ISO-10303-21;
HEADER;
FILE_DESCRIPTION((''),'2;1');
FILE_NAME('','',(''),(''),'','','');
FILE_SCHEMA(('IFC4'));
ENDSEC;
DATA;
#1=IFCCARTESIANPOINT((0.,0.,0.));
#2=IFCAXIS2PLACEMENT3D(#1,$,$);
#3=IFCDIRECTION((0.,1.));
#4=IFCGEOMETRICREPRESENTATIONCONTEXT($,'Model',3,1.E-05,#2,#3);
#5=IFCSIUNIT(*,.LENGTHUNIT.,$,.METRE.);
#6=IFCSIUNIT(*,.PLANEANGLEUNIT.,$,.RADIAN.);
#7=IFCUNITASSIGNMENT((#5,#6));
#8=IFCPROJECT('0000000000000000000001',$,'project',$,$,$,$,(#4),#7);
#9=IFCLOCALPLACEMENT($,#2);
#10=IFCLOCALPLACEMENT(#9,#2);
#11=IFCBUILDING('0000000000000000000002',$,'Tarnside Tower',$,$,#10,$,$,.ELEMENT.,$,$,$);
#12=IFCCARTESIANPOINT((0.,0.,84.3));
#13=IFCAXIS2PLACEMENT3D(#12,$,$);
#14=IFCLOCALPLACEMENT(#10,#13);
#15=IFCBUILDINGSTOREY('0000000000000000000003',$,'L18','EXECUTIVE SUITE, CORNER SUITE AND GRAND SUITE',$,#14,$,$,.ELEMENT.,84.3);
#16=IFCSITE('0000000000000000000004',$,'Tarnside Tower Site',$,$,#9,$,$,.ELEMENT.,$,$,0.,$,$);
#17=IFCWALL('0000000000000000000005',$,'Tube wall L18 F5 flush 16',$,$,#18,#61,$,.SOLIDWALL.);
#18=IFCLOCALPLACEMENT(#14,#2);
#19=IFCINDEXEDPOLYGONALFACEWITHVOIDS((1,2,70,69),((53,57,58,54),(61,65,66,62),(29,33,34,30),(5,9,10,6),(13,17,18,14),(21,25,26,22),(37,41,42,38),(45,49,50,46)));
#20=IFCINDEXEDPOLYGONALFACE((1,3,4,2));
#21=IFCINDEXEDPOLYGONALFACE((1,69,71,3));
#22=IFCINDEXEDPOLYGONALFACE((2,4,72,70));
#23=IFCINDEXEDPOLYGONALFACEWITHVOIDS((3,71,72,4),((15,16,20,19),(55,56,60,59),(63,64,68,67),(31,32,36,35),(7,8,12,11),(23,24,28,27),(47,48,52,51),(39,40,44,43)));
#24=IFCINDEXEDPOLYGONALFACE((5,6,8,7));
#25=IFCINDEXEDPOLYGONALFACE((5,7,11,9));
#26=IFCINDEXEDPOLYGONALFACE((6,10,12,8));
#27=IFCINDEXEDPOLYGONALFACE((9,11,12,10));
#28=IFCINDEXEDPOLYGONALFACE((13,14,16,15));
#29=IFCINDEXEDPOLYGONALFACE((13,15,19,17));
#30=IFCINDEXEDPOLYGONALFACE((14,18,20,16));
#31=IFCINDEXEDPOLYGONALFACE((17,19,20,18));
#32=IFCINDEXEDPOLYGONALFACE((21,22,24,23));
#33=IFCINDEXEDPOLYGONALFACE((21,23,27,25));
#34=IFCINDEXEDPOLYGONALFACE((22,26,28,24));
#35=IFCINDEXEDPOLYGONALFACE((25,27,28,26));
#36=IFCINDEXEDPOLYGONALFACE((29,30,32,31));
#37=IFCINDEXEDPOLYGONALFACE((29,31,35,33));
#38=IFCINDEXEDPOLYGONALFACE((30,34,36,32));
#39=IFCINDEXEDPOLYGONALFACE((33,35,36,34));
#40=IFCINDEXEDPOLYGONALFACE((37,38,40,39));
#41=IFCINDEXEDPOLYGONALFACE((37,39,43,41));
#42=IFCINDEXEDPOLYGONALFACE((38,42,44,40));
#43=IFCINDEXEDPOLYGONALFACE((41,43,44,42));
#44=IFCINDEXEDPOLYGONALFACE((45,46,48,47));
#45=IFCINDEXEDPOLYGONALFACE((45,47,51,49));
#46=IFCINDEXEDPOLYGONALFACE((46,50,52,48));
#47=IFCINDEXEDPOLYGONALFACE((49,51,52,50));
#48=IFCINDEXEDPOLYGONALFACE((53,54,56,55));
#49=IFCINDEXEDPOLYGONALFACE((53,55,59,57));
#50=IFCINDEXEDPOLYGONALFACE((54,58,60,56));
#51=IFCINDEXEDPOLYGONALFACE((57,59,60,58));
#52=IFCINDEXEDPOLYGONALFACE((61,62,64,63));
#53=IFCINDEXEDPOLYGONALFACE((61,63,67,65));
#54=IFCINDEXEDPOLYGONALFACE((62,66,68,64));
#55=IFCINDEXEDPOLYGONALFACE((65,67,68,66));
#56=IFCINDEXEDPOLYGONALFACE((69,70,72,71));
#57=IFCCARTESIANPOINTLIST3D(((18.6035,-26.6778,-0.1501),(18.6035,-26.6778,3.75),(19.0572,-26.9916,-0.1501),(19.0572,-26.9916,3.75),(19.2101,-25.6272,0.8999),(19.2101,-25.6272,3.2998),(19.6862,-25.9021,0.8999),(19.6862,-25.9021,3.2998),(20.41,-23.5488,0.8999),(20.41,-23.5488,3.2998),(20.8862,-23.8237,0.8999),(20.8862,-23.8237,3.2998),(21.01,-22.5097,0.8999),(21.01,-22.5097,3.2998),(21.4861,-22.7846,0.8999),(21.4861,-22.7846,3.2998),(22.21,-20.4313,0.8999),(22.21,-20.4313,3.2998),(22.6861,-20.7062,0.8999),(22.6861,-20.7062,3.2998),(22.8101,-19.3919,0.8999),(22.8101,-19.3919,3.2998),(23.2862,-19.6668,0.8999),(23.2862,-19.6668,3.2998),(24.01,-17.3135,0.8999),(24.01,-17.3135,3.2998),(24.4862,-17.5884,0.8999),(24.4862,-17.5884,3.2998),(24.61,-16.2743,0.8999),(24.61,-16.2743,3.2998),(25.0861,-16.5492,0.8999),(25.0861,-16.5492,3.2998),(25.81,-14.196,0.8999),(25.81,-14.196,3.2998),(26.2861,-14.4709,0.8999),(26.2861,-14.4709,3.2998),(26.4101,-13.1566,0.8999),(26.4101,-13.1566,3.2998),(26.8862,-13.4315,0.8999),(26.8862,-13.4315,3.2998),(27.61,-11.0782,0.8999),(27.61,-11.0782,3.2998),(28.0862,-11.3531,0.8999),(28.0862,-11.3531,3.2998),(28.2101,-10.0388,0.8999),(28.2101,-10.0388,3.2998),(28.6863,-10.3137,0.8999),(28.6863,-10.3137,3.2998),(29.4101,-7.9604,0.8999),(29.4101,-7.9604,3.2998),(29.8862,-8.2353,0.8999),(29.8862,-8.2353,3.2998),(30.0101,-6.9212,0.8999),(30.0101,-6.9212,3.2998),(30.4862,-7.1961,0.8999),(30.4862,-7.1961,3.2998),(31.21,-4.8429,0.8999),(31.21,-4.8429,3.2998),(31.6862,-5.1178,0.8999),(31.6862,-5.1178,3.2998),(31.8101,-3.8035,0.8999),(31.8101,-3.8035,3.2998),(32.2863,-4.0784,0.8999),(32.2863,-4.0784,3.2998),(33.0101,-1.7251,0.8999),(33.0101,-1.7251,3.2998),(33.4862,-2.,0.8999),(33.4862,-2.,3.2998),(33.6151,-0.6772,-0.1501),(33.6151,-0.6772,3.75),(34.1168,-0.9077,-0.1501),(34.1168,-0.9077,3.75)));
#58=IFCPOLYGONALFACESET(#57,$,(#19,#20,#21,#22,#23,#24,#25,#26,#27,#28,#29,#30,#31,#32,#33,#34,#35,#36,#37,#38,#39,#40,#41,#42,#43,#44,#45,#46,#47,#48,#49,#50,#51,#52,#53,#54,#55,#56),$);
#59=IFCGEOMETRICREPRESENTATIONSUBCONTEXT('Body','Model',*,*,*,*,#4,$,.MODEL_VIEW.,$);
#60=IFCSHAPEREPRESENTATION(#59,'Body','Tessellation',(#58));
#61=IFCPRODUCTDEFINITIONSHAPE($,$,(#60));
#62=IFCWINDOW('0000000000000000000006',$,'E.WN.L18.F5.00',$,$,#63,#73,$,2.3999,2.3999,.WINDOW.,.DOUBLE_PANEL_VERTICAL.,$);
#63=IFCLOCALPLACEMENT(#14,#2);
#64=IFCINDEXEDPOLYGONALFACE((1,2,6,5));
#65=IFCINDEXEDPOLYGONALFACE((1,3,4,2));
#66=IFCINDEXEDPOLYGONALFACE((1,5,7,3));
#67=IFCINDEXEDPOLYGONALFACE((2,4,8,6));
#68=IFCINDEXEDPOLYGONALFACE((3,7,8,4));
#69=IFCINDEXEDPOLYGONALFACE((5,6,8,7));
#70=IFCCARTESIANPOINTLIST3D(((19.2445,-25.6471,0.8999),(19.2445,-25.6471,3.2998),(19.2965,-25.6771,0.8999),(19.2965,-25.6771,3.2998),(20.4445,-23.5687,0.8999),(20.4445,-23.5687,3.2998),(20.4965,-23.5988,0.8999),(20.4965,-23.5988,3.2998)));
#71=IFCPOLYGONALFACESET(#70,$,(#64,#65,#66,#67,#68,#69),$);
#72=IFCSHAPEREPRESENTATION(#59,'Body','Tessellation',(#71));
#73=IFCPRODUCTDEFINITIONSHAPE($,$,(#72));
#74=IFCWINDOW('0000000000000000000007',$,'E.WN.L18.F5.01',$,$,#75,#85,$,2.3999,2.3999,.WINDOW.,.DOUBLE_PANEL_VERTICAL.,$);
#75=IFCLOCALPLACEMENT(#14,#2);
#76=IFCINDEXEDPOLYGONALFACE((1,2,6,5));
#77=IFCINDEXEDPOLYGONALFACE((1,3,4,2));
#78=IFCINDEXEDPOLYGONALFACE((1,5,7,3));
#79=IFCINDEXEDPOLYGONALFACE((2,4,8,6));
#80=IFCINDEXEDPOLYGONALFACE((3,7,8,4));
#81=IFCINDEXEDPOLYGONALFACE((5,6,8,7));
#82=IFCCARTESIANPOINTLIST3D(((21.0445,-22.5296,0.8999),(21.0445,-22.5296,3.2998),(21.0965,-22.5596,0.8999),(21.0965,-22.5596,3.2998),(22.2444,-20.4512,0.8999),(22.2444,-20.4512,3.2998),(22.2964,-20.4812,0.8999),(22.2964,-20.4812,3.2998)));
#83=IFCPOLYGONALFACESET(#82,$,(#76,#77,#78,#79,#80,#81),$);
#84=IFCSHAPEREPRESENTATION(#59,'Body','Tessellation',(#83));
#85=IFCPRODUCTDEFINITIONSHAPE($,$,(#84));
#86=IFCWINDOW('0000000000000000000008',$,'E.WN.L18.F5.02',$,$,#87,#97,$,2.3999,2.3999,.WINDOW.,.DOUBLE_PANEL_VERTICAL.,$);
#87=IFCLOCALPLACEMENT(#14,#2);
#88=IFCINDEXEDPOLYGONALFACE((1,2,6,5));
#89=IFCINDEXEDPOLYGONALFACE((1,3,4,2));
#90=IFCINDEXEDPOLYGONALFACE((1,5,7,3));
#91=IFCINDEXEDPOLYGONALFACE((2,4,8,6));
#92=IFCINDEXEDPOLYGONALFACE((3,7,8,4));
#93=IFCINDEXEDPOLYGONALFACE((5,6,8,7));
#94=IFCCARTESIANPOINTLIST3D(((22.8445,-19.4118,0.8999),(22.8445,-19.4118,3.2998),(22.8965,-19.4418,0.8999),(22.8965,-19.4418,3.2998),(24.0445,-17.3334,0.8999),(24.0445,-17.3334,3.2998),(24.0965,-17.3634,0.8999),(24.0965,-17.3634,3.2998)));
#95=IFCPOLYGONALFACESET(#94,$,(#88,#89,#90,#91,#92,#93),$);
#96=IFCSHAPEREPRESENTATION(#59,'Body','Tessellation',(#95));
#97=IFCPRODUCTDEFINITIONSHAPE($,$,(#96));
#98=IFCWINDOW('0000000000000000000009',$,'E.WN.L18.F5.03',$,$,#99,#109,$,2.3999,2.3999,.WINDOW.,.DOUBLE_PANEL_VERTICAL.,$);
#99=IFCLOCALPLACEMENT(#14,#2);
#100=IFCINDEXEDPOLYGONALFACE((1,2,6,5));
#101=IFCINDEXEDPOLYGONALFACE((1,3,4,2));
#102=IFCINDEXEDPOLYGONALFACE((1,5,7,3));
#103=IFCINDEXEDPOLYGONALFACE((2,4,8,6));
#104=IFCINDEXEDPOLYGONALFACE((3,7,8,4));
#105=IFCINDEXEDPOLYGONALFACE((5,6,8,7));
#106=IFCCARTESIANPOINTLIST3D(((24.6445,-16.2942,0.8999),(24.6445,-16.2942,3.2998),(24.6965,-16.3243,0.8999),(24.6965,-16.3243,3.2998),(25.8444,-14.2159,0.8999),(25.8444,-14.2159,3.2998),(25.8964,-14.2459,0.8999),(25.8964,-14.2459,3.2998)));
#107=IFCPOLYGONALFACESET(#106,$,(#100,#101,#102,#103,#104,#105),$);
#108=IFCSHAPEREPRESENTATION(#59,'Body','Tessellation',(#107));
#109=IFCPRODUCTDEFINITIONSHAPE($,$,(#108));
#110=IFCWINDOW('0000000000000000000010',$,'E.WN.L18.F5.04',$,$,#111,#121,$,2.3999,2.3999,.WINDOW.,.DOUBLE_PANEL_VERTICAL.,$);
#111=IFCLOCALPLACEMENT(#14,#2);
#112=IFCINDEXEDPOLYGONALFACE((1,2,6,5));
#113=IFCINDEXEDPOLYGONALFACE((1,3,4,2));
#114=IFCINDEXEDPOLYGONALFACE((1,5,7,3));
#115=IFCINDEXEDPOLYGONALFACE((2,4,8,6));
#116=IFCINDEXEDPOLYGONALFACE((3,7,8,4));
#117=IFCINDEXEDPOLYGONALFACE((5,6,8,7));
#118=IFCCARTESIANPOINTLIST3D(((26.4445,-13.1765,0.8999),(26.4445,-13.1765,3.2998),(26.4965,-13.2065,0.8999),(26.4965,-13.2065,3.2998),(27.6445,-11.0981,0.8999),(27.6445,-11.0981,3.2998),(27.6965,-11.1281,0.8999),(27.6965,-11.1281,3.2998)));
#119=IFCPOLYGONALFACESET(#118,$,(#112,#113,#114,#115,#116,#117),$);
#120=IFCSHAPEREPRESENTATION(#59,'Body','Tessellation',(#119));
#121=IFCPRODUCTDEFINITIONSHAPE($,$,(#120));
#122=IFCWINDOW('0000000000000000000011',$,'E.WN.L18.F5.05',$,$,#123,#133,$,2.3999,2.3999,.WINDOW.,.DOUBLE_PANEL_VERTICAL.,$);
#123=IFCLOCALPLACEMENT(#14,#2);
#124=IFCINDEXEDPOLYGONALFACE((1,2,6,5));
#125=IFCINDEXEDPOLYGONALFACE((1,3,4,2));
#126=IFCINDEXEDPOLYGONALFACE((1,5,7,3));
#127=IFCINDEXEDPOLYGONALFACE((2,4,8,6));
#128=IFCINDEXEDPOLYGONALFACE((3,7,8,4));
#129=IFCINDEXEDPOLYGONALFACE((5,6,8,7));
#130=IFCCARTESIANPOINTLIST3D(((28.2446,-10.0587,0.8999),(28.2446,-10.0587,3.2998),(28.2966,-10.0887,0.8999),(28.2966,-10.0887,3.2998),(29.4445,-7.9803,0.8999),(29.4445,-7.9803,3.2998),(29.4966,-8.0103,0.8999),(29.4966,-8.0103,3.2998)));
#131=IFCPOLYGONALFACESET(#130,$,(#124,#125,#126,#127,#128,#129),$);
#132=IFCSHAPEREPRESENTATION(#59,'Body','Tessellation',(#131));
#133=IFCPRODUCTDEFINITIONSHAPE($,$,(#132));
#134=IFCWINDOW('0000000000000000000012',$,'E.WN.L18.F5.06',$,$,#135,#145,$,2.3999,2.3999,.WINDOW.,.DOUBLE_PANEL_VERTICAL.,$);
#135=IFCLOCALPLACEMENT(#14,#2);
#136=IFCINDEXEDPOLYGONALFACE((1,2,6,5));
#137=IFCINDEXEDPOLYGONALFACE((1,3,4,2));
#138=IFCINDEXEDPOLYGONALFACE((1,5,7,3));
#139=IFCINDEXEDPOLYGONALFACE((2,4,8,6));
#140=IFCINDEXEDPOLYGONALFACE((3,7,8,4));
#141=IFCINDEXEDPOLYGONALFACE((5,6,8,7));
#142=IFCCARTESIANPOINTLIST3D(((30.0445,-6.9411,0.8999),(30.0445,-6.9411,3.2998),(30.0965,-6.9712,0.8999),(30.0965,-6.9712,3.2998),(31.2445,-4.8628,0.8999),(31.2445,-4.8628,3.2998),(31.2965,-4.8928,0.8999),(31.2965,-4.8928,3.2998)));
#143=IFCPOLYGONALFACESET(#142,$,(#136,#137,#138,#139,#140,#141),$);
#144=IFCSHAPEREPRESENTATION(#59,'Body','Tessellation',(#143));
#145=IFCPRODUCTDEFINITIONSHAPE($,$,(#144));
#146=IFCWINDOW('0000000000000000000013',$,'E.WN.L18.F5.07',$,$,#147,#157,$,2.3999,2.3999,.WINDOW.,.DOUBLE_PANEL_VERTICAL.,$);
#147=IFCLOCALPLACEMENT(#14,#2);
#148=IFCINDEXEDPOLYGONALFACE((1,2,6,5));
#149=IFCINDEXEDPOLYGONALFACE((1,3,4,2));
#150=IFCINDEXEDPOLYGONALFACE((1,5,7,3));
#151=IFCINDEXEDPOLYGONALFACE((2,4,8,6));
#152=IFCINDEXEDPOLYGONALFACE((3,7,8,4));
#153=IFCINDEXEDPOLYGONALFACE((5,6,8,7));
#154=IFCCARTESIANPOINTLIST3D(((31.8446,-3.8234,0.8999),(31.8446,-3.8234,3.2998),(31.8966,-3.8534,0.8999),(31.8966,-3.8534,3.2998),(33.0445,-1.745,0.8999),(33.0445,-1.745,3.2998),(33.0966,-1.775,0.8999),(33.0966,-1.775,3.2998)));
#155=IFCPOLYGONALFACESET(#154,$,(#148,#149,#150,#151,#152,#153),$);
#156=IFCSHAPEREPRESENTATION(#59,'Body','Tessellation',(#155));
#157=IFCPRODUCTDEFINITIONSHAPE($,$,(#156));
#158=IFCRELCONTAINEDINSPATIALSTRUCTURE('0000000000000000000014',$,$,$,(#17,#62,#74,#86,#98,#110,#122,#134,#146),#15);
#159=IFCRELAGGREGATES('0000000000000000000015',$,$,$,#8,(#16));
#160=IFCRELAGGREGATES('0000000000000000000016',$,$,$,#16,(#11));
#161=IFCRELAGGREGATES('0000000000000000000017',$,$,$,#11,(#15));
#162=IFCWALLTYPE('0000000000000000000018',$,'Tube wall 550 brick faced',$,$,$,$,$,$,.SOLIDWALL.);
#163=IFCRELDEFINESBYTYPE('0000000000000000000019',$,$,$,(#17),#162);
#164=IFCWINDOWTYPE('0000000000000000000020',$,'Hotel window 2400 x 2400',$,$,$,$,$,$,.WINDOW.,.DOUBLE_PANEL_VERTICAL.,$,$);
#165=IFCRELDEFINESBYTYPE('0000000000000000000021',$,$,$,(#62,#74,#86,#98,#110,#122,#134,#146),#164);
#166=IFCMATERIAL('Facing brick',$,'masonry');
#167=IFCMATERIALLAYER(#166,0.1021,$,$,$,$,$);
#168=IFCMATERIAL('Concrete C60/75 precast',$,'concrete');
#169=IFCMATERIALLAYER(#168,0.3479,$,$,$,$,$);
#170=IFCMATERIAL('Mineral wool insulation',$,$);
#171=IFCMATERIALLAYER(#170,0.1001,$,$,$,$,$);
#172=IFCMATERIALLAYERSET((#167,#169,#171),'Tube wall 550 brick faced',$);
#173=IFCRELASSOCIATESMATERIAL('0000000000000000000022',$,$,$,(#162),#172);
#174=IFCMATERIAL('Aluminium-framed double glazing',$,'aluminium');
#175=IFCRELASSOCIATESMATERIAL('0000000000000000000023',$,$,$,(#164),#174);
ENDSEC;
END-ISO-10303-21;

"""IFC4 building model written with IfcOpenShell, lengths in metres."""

from ifc_helpers import new_model, si_unit, direction, frame, frame_2d, origin, place, context, subcontext, project, spatial, polyline, rectangle, outline, extrude, material, layer, layer_set, type_object, element, fill, save


model = new_model("IFC4")

# Units and contexts
model_context = context("Model", 3, precision=1e-05, world=origin(), true_north=direction((0.0, 1.0)))
body_context = subcontext(model_context, "Body", "Model", "MODEL_VIEW")
ifc_project = project(units=[si_unit("LENGTHUNIT", "METRE"), si_unit("PLANEANGLEUNIT", "RADIAN")], contexts=[model_context])

# Site, building, storey
site_placement = place(None, origin())
site = spatial("IfcSite", under=ifc_project, at=site_placement, Name="Tarnside Tower Site", CompositionType="ELEMENT", RefElevation=0.0)
building_placement = place(site_placement, origin())
building = spatial("IfcBuilding", under=site, at=building_placement, Name="Tarnside Tower", CompositionType="ELEMENT")
storey_placement = place(building_placement, frame((0.0, 0.0, 84.3)))
storey = spatial("IfcBuildingStorey", under=building, at=storey_placement, Name="L18", Description="EXECUTIVE SUITE, CORNER SUITE AND GRAND SUITE", CompositionType="ELEMENT", Elevation=84.3)

# Shared definitions
ifc_material_1 = material(Name="Facing brick", Category="masonry")
ifc_layer_1 = layer(ifc_material_1, 0.1021)
ifc_material_2 = material(Name="Concrete C60/75 precast", Category="concrete")
ifc_layer_2 = layer(ifc_material_2, 0.3479)
ifc_material_3 = material(Name="Mineral wool insulation")
ifc_layer_3 = layer(ifc_material_3, 0.1001)
ifc_layer_set_1 = layer_set([ifc_layer_1, ifc_layer_2, ifc_layer_3], Name="Tube wall 550 brick faced")
wall_type_1 = type_object("IfcWallType", Name="Tube wall 550 brick faced", PredefinedType="SOLIDWALL", material=ifc_layer_set_1)

# Wall, openings, windows
wall_1_placement = place(storey_placement, frame((18.8303, -26.8347, -0.1501), z_axis=(0.0, 0.0, 1.0), x_axis=(0.500004, 0.866023, 0.0)))
wall_1 = element("IfcWall", 1, at=wall_1_placement, inside=storey, type_object=wall_type_1, Name="Tube wall L18 F5 flush 16", PredefinedType="SOLIDWALL", context=body_context, shape_type="SweptSolid", body=[
    extrude(outline(polyline([(-0.0225, -0.2749), (30.0967, -0.2749), (30.0454, 0.2749), (0.0225, 0.2749), (-0.0225, -0.2749)])), origin(), (0.0, 0.0, 1.0), 3.9001),
])
opening_1_placement = place(wall_1_placement, frame((1.2356, 0.0, 1.05)))
opening_1 = element("IfcOpeningElement", 2, at=opening_1_placement, cuts=wall_1, PredefinedType="OPENING", context=body_context, shape_type="SweptSolid", body=[
    extrude(rectangle(XDim=2.3999, YDim=2.3999, at=frame_2d((1.2, 1.2))), frame((0.0, 0.2852, 0.0), z_axis=(0.0, -1.0, 0.0), x_axis=(1.0, 0.0, 0.0)), (0.0, 0.0, 1.0), 0.5701),
])
opening_2_placement = place(wall_1_placement, frame((4.8354, 0.0, 1.05)))
opening_2 = element("IfcOpeningElement", 3, at=opening_2_placement, cuts=wall_1, PredefinedType="OPENING", context=body_context, shape_type="SweptSolid", body=[
    extrude(rectangle(XDim=2.3999, YDim=2.3999, at=frame_2d((1.2, 1.2))), frame((0.0, 0.2852, 0.0), z_axis=(0.0, -1.0, 0.0), x_axis=(1.0, 0.0, 0.0)), (0.0, 0.0, 1.0), 0.5701),
])
opening_3_placement = place(wall_1_placement, frame((8.4355, 0.0, 1.05)))
opening_3 = element("IfcOpeningElement", 4, at=opening_3_placement, cuts=wall_1, PredefinedType="OPENING", context=body_context, shape_type="SweptSolid", body=[
    extrude(rectangle(XDim=2.3999, YDim=2.3999, at=frame_2d((1.2, 1.2))), frame((0.0, 0.2852, 0.0), z_axis=(0.0, -1.0, 0.0), x_axis=(1.0, 0.0, 0.0)), (0.0, 0.0, 1.0), 0.5701),
])
opening_4_placement = place(wall_1_placement, frame((12.0354, 0.0, 1.05)))
opening_4 = element("IfcOpeningElement", 5, at=opening_4_placement, cuts=wall_1, PredefinedType="OPENING", context=body_context, shape_type="SweptSolid", body=[
    extrude(rectangle(XDim=2.3999, YDim=2.3999, at=frame_2d((1.2, 1.2))), frame((0.0, 0.2852, 0.0), z_axis=(0.0, -1.0, 0.0), x_axis=(1.0, 0.0, 0.0)), (0.0, 0.0, 1.0), 0.5701),
])
opening_5_placement = place(wall_1_placement, frame((15.6355, 0.0, 1.05)))
opening_5 = element("IfcOpeningElement", 6, at=opening_5_placement, cuts=wall_1, PredefinedType="OPENING", context=body_context, shape_type="SweptSolid", body=[
    extrude(rectangle(XDim=2.3999, YDim=2.3999, at=frame_2d((1.2, 1.2))), frame((0.0, 0.2852, 0.0), z_axis=(0.0, -1.0, 0.0), x_axis=(1.0, 0.0, 0.0)), (0.0, 0.0, 1.0), 0.5701),
])
opening_6_placement = place(wall_1_placement, frame((19.2356, 0.0, 1.05)))
opening_6 = element("IfcOpeningElement", 7, at=opening_6_placement, cuts=wall_1, PredefinedType="OPENING", context=body_context, shape_type="SweptSolid", body=[
    extrude(rectangle(XDim=2.3999, YDim=2.3999, at=frame_2d((1.2, 1.2))), frame((0.0, 0.2852, 0.0), z_axis=(0.0, -1.0, 0.0), x_axis=(1.0, 0.0, 0.0)), (0.0, 0.0, 1.0), 0.5701),
])
opening_7_placement = place(wall_1_placement, frame((22.8354, 0.0, 1.05)))
opening_7 = element("IfcOpeningElement", 8, at=opening_7_placement, cuts=wall_1, PredefinedType="OPENING", context=body_context, shape_type="SweptSolid", body=[
    extrude(rectangle(XDim=2.3999, YDim=2.3999, at=frame_2d((1.2, 1.2))), frame((0.0, 0.2852, 0.0), z_axis=(0.0, -1.0, 0.0), x_axis=(1.0, 0.0, 0.0)), (0.0, 0.0, 1.0), 0.5701),
])
opening_8_placement = place(wall_1_placement, frame((26.4355, 0.0, 1.05)))
opening_8 = element("IfcOpeningElement", 9, at=opening_8_placement, cuts=wall_1, PredefinedType="OPENING", context=body_context, shape_type="SweptSolid", body=[
    extrude(rectangle(XDim=2.3999, YDim=2.3999, at=frame_2d((1.2, 1.2))), frame((0.0, 0.2852, 0.0), z_axis=(0.0, -1.0, 0.0), x_axis=(1.0, 0.0, 0.0)), (0.0, 0.0, 1.0), 0.5701),
])
ifc_material_4 = material(Name="Aluminium-framed double glazing", Category="aluminium")
window_type = type_object("IfcWindowType", Name="Hotel window 2400 x 2400", PartitioningType="DOUBLE_PANEL_VERTICAL", PredefinedType="WINDOW", material=ifc_material_4)
window_1_placement = place(opening_1_placement, frame((0.0, 0.2051, 0.0)))
window_1 = element("IfcWindow", 10, at=window_1_placement, inside=storey, type_object=window_type, Name="E.WN.L18.F5.00", OverallHeight=2.3999, OverallWidth=2.3999, PartitioningType="DOUBLE_PANEL_VERTICAL", PredefinedType="WINDOW", context=body_context, shape_type="SweptSolid", body=[
    extrude(rectangle(XDim=2.3999, YDim=2.3999, at=frame_2d((1.2, 1.2))), frame((0.0, 0.03, 0.0), z_axis=(0.0, -1.0, 0.0), x_axis=(1.0, 0.0, 0.0)), (0.0, 0.0, 1.0), 0.0601),
])
fill(opening_1, window_1)
window_2_placement = place(opening_2_placement, frame((0.0, 0.2051, 0.0)))
window_2 = element("IfcWindow", 11, at=window_2_placement, inside=storey, type_object=window_type, Name="E.WN.L18.F5.01", OverallHeight=2.3999, OverallWidth=2.3999, PartitioningType="DOUBLE_PANEL_VERTICAL", PredefinedType="WINDOW", context=body_context, shape_type="SweptSolid", body=[
    extrude(rectangle(XDim=2.3999, YDim=2.3999, at=frame_2d((1.2, 1.2))), frame((0.0, 0.03, 0.0), z_axis=(0.0, -1.0, 0.0), x_axis=(1.0, 0.0, 0.0)), (0.0, 0.0, 1.0), 0.0601),
])
fill(opening_2, window_2)
window_3_placement = place(opening_3_placement, frame((0.0, 0.2051, 0.0)))
window_3 = element("IfcWindow", 12, at=window_3_placement, inside=storey, type_object=window_type, Name="E.WN.L18.F5.02", OverallHeight=2.3999, OverallWidth=2.3999, PartitioningType="DOUBLE_PANEL_VERTICAL", PredefinedType="WINDOW", context=body_context, shape_type="SweptSolid", body=[
    extrude(rectangle(XDim=2.3999, YDim=2.3999, at=frame_2d((1.2, 1.2))), frame((0.0, 0.03, 0.0), z_axis=(0.0, -1.0, 0.0), x_axis=(1.0, 0.0, 0.0)), (0.0, 0.0, 1.0), 0.0601),
])
fill(opening_3, window_3)
window_4_placement = place(opening_4_placement, frame((0.0, 0.2051, 0.0)))
window_4 = element("IfcWindow", 13, at=window_4_placement, inside=storey, type_object=window_type, Name="E.WN.L18.F5.03", OverallHeight=2.3999, OverallWidth=2.3999, PartitioningType="DOUBLE_PANEL_VERTICAL", PredefinedType="WINDOW", context=body_context, shape_type="SweptSolid", body=[
    extrude(rectangle(XDim=2.3999, YDim=2.3999, at=frame_2d((1.2, 1.2))), frame((0.0, 0.03, 0.0), z_axis=(0.0, -1.0, 0.0), x_axis=(1.0, 0.0, 0.0)), (0.0, 0.0, 1.0), 0.0601),
])
fill(opening_4, window_4)
window_5_placement = place(opening_5_placement, frame((0.0, 0.2051, 0.0)))
window_5 = element("IfcWindow", 14, at=window_5_placement, inside=storey, type_object=window_type, Name="E.WN.L18.F5.04", OverallHeight=2.3999, OverallWidth=2.3999, PartitioningType="DOUBLE_PANEL_VERTICAL", PredefinedType="WINDOW", context=body_context, shape_type="SweptSolid", body=[
    extrude(rectangle(XDim=2.3999, YDim=2.3999, at=frame_2d((1.2, 1.2))), frame((0.0, 0.03, 0.0), z_axis=(0.0, -1.0, 0.0), x_axis=(1.0, 0.0, 0.0)), (0.0, 0.0, 1.0), 0.0601),
])
fill(opening_5, window_5)
window_6_placement = place(opening_6_placement, frame((0.0, 0.2051, 0.0)))
window_6 = element("IfcWindow", 15, at=window_6_placement, inside=storey, type_object=window_type, Name="E.WN.L18.F5.05", OverallHeight=2.3999, OverallWidth=2.3999, PartitioningType="DOUBLE_PANEL_VERTICAL", PredefinedType="WINDOW", context=body_context, shape_type="SweptSolid", body=[
    extrude(rectangle(XDim=2.3999, YDim=2.3999, at=frame_2d((1.2, 1.2))), frame((0.0, 0.03, 0.0), z_axis=(0.0, -1.0, 0.0), x_axis=(1.0, 0.0, 0.0)), (0.0, 0.0, 1.0), 0.0601),
])
fill(opening_6, window_6)
window_7_placement = place(opening_7_placement, frame((0.0, 0.2051, 0.0)))
window_7 = element("IfcWindow", 16, at=window_7_placement, inside=storey, type_object=window_type, Name="E.WN.L18.F5.06", OverallHeight=2.3999, OverallWidth=2.3999, PartitioningType="DOUBLE_PANEL_VERTICAL", PredefinedType="WINDOW", context=body_context, shape_type="SweptSolid", body=[
    extrude(rectangle(XDim=2.3999, YDim=2.3999, at=frame_2d((1.2, 1.2))), frame((0.0, 0.03, 0.0), z_axis=(0.0, -1.0, 0.0), x_axis=(1.0, 0.0, 0.0)), (0.0, 0.0, 1.0), 0.0601),
])
fill(opening_7, window_7)
window_8_placement = place(opening_8_placement, frame((0.0, 0.2051, 0.0)))
window_8 = element("IfcWindow", 17, at=window_8_placement, inside=storey, type_object=window_type, Name="E.WN.L18.F5.07", OverallHeight=2.3999, OverallWidth=2.3999, PartitioningType="DOUBLE_PANEL_VERTICAL", PredefinedType="WINDOW", context=body_context, shape_type="SweptSolid", body=[
    extrude(rectangle(XDim=2.3999, YDim=2.3999, at=frame_2d((1.2, 1.2))), frame((0.0, 0.03, 0.0), z_axis=(0.0, -1.0, 0.0), x_axis=(1.0, 0.0, 0.0)), (0.0, 0.0, 1.0), 0.0601),
])
fill(opening_8, window_8)

save(model, "model.ifc")
